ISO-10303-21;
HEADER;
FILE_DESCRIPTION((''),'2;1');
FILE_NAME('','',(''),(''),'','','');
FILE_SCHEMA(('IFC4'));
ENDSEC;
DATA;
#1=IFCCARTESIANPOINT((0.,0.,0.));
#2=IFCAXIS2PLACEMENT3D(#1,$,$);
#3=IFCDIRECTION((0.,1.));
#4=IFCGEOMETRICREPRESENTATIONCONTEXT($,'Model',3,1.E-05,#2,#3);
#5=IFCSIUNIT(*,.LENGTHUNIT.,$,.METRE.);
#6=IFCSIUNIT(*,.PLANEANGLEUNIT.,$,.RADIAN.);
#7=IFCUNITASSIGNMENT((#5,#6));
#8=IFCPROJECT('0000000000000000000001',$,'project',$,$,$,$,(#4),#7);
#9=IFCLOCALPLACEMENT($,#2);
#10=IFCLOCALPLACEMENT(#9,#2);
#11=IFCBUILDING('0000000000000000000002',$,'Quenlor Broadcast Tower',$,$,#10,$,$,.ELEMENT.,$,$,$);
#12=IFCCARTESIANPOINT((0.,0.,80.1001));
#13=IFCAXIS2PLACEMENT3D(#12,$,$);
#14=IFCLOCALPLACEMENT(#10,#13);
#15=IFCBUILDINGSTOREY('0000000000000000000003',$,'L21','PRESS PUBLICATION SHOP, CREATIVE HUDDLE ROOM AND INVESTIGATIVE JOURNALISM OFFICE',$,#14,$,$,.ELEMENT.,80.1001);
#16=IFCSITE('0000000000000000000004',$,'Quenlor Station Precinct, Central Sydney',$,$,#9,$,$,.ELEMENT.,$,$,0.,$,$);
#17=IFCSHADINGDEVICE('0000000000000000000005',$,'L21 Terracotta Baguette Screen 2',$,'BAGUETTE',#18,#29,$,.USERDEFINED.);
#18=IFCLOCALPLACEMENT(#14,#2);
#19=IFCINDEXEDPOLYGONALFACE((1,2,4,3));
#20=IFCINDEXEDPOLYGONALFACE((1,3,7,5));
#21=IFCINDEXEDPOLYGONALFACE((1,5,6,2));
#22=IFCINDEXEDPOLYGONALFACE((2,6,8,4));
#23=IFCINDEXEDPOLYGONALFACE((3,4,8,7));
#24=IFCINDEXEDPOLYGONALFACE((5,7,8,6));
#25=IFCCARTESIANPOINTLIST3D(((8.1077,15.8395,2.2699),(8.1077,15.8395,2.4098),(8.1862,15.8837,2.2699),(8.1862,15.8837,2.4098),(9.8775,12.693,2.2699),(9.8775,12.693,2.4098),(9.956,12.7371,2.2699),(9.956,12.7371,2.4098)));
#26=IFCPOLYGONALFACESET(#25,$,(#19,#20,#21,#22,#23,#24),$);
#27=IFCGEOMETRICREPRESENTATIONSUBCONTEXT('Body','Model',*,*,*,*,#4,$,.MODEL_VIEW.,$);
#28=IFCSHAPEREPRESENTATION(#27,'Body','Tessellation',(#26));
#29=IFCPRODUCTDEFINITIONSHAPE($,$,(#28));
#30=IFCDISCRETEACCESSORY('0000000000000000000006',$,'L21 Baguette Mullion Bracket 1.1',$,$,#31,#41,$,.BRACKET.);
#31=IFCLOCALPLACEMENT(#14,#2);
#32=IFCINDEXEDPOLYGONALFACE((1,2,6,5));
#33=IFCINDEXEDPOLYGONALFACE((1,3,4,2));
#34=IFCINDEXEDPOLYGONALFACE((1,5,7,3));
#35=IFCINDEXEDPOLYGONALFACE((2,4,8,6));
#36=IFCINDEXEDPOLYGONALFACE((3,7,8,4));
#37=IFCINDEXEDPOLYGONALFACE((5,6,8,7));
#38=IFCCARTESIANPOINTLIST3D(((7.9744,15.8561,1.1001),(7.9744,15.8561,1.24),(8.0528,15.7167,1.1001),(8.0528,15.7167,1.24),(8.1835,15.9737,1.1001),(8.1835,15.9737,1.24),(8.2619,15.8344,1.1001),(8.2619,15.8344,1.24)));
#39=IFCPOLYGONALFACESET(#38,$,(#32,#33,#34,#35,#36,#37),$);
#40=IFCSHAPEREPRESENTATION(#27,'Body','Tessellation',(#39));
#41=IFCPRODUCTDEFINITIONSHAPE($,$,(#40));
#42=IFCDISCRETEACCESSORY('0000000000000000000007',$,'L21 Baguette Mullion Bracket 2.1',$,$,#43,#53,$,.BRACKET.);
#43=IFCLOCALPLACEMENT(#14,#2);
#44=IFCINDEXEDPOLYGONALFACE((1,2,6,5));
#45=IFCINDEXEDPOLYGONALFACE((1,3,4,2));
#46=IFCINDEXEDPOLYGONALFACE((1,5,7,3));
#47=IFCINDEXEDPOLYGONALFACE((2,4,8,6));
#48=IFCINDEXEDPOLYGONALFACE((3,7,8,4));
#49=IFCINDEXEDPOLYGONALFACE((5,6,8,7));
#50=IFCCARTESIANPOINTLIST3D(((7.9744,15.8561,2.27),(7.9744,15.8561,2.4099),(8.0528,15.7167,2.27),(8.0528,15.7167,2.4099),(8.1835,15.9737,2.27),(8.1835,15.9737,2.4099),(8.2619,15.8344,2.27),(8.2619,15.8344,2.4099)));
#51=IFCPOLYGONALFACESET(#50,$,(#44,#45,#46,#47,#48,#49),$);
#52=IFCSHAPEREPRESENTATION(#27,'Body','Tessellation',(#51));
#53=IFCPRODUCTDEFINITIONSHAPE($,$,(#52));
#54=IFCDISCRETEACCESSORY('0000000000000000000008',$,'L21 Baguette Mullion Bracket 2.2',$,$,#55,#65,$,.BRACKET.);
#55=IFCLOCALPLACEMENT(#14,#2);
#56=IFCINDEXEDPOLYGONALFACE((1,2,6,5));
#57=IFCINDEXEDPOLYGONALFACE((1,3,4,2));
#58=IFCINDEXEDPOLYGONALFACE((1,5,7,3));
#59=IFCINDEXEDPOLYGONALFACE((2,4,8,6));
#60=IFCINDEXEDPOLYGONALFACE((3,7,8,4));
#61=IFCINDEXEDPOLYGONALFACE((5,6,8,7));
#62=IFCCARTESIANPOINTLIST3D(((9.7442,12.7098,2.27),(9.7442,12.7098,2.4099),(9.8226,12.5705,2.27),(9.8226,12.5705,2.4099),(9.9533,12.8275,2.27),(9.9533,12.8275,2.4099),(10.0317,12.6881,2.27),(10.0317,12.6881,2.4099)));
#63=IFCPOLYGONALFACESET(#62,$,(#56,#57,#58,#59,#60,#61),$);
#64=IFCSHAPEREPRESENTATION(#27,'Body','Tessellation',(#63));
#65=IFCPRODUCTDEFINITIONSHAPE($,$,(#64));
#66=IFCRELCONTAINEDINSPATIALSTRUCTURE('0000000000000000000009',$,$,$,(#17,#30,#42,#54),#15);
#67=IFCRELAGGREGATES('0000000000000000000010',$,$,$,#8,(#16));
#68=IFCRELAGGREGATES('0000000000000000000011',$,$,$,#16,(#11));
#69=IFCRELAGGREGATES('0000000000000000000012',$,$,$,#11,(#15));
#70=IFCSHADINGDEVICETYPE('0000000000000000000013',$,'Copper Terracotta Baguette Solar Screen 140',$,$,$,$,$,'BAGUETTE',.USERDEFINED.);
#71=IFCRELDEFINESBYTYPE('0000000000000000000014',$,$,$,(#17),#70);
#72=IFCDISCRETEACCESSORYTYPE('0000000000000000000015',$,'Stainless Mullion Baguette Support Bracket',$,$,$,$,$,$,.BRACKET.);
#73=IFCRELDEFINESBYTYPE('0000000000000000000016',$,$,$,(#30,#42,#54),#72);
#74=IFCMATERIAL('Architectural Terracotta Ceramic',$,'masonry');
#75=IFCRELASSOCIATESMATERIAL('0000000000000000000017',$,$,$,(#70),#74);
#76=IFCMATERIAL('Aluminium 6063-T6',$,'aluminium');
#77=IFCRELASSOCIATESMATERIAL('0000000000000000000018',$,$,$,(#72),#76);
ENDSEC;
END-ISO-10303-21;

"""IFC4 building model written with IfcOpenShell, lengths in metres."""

from ifc_helpers import new_model, si_unit, direction, frame, origin, origin_2d, place, context, subcontext, project, spatial, rectangle, extrude, material, material_profile, profile_set, type_object, element, save


model = new_model("IFC4")

# Units and contexts
model_context = context("Model", 3, precision=1e-05, world=origin(), true_north=direction((0.0, 1.0)))
body_context = subcontext(model_context, "Body", "Model", "MODEL_VIEW")
ifc_project = project(units=[si_unit("LENGTHUNIT", "METRE"), si_unit("PLANEANGLEUNIT", "RADIAN")], contexts=[model_context])

# Site, building, storey
site_placement = place(None, origin())
site = spatial("IfcSite", under=ifc_project, at=site_placement, Name="Quenlor Station Precinct, Central Sydney", CompositionType="ELEMENT", RefElevation=0.0)
building_placement = place(site_placement, origin())
building = spatial("IfcBuilding", under=site, at=building_placement, Name="Quenlor Broadcast Tower", CompositionType="ELEMENT")
storey_placement = place(building_placement, frame((0.0, 0.0, 80.1001)))
storey = spatial("IfcBuildingStorey", under=building, at=storey_placement, Name="L21", Description="PRESS PUBLICATION SHOP, CREATIVE HUDDLE ROOM AND INVESTIGATIVE JOURNALISM OFFICE", CompositionType="ELEMENT", Elevation=80.1001)

# Shading device
ifc_material_1 = material(Name="Architectural Terracotta Ceramic", Category="masonry")
ifc_material_profile_1 = material_profile(ifc_material_1, rectangle(XDim=0.0901, YDim=0.1399, at=origin_2d()))
ifc_profile_set_1 = profile_set([ifc_material_profile_1], Name="Architectural Terracotta Ceramic BAG90x140")
shading_device_type = type_object("IfcShadingDeviceType", Name="Copper Terracotta Baguette Solar Screen 140", ElementType="BAGUETTE", PredefinedType="USERDEFINED", material=ifc_profile_set_1)
for number, where, z_axis, x_axis, name in (
    (1, (8.147, 15.8616, 2.3398), (0.490236, -0.87159, 0.0), (0.87159, 0.490236, 0.0), "L21 Terracotta Baguette Screen 2"),
):
    element("IfcShadingDevice", number, at=place(storey_placement, frame(where, z_axis=z_axis, x_axis=x_axis)), inside=storey, type_object=shading_device_type, Name=name, ObjectType="BAGUETTE", PredefinedType="USERDEFINED", context=body_context, shape_type="SweptSolid", body=[
        extrude(rectangle(XDim=0.0901, YDim=0.1399, at=origin_2d()), origin(), (0.0, 0.0, 1.0), 3.6101),
    ])

# Discrete accessories
ifc_material_2 = material(Name="Aluminium 6063-T6", Category="aluminium")
discrete_accessory_type = type_object("IfcDiscreteAccessoryType", Name="Stainless Mullion Baguette Support Bracket", PredefinedType="BRACKET", material=ifc_material_2)
for number, where, z_axis, x_axis, name in (
    (2, (8.1182, 15.8452, 1.1001), (0.0, 0.0, 1.0), (0.490265, -0.871573, 0.0), "L21 Baguette Mullion Bracket 1.1"),
    (3, (8.1182, 15.8452, 2.27), (0.0, 0.0, 1.0), (0.490265, -0.871573, 0.0), "L21 Baguette Mullion Bracket 2.1"),
    (4, (9.8879, 12.699, 2.27), (0.0, 0.0, 1.0), (0.490265, -0.871573, 0.0), "L21 Baguette Mullion Bracket 2.2"),
):
    element("IfcDiscreteAccessory", number, at=place(storey_placement, frame(where, z_axis=z_axis, x_axis=x_axis)), inside=storey, type_object=discrete_accessory_type, Name=name, PredefinedType="BRACKET", context=body_context, shape_type="SweptSolid", body=[
        extrude(rectangle(XDim=0.1599, YDim=0.24, at=origin_2d()), origin(), (0.0, 0.0, 1.0), 0.1399),
    ])

save(model, "model.ifc")
